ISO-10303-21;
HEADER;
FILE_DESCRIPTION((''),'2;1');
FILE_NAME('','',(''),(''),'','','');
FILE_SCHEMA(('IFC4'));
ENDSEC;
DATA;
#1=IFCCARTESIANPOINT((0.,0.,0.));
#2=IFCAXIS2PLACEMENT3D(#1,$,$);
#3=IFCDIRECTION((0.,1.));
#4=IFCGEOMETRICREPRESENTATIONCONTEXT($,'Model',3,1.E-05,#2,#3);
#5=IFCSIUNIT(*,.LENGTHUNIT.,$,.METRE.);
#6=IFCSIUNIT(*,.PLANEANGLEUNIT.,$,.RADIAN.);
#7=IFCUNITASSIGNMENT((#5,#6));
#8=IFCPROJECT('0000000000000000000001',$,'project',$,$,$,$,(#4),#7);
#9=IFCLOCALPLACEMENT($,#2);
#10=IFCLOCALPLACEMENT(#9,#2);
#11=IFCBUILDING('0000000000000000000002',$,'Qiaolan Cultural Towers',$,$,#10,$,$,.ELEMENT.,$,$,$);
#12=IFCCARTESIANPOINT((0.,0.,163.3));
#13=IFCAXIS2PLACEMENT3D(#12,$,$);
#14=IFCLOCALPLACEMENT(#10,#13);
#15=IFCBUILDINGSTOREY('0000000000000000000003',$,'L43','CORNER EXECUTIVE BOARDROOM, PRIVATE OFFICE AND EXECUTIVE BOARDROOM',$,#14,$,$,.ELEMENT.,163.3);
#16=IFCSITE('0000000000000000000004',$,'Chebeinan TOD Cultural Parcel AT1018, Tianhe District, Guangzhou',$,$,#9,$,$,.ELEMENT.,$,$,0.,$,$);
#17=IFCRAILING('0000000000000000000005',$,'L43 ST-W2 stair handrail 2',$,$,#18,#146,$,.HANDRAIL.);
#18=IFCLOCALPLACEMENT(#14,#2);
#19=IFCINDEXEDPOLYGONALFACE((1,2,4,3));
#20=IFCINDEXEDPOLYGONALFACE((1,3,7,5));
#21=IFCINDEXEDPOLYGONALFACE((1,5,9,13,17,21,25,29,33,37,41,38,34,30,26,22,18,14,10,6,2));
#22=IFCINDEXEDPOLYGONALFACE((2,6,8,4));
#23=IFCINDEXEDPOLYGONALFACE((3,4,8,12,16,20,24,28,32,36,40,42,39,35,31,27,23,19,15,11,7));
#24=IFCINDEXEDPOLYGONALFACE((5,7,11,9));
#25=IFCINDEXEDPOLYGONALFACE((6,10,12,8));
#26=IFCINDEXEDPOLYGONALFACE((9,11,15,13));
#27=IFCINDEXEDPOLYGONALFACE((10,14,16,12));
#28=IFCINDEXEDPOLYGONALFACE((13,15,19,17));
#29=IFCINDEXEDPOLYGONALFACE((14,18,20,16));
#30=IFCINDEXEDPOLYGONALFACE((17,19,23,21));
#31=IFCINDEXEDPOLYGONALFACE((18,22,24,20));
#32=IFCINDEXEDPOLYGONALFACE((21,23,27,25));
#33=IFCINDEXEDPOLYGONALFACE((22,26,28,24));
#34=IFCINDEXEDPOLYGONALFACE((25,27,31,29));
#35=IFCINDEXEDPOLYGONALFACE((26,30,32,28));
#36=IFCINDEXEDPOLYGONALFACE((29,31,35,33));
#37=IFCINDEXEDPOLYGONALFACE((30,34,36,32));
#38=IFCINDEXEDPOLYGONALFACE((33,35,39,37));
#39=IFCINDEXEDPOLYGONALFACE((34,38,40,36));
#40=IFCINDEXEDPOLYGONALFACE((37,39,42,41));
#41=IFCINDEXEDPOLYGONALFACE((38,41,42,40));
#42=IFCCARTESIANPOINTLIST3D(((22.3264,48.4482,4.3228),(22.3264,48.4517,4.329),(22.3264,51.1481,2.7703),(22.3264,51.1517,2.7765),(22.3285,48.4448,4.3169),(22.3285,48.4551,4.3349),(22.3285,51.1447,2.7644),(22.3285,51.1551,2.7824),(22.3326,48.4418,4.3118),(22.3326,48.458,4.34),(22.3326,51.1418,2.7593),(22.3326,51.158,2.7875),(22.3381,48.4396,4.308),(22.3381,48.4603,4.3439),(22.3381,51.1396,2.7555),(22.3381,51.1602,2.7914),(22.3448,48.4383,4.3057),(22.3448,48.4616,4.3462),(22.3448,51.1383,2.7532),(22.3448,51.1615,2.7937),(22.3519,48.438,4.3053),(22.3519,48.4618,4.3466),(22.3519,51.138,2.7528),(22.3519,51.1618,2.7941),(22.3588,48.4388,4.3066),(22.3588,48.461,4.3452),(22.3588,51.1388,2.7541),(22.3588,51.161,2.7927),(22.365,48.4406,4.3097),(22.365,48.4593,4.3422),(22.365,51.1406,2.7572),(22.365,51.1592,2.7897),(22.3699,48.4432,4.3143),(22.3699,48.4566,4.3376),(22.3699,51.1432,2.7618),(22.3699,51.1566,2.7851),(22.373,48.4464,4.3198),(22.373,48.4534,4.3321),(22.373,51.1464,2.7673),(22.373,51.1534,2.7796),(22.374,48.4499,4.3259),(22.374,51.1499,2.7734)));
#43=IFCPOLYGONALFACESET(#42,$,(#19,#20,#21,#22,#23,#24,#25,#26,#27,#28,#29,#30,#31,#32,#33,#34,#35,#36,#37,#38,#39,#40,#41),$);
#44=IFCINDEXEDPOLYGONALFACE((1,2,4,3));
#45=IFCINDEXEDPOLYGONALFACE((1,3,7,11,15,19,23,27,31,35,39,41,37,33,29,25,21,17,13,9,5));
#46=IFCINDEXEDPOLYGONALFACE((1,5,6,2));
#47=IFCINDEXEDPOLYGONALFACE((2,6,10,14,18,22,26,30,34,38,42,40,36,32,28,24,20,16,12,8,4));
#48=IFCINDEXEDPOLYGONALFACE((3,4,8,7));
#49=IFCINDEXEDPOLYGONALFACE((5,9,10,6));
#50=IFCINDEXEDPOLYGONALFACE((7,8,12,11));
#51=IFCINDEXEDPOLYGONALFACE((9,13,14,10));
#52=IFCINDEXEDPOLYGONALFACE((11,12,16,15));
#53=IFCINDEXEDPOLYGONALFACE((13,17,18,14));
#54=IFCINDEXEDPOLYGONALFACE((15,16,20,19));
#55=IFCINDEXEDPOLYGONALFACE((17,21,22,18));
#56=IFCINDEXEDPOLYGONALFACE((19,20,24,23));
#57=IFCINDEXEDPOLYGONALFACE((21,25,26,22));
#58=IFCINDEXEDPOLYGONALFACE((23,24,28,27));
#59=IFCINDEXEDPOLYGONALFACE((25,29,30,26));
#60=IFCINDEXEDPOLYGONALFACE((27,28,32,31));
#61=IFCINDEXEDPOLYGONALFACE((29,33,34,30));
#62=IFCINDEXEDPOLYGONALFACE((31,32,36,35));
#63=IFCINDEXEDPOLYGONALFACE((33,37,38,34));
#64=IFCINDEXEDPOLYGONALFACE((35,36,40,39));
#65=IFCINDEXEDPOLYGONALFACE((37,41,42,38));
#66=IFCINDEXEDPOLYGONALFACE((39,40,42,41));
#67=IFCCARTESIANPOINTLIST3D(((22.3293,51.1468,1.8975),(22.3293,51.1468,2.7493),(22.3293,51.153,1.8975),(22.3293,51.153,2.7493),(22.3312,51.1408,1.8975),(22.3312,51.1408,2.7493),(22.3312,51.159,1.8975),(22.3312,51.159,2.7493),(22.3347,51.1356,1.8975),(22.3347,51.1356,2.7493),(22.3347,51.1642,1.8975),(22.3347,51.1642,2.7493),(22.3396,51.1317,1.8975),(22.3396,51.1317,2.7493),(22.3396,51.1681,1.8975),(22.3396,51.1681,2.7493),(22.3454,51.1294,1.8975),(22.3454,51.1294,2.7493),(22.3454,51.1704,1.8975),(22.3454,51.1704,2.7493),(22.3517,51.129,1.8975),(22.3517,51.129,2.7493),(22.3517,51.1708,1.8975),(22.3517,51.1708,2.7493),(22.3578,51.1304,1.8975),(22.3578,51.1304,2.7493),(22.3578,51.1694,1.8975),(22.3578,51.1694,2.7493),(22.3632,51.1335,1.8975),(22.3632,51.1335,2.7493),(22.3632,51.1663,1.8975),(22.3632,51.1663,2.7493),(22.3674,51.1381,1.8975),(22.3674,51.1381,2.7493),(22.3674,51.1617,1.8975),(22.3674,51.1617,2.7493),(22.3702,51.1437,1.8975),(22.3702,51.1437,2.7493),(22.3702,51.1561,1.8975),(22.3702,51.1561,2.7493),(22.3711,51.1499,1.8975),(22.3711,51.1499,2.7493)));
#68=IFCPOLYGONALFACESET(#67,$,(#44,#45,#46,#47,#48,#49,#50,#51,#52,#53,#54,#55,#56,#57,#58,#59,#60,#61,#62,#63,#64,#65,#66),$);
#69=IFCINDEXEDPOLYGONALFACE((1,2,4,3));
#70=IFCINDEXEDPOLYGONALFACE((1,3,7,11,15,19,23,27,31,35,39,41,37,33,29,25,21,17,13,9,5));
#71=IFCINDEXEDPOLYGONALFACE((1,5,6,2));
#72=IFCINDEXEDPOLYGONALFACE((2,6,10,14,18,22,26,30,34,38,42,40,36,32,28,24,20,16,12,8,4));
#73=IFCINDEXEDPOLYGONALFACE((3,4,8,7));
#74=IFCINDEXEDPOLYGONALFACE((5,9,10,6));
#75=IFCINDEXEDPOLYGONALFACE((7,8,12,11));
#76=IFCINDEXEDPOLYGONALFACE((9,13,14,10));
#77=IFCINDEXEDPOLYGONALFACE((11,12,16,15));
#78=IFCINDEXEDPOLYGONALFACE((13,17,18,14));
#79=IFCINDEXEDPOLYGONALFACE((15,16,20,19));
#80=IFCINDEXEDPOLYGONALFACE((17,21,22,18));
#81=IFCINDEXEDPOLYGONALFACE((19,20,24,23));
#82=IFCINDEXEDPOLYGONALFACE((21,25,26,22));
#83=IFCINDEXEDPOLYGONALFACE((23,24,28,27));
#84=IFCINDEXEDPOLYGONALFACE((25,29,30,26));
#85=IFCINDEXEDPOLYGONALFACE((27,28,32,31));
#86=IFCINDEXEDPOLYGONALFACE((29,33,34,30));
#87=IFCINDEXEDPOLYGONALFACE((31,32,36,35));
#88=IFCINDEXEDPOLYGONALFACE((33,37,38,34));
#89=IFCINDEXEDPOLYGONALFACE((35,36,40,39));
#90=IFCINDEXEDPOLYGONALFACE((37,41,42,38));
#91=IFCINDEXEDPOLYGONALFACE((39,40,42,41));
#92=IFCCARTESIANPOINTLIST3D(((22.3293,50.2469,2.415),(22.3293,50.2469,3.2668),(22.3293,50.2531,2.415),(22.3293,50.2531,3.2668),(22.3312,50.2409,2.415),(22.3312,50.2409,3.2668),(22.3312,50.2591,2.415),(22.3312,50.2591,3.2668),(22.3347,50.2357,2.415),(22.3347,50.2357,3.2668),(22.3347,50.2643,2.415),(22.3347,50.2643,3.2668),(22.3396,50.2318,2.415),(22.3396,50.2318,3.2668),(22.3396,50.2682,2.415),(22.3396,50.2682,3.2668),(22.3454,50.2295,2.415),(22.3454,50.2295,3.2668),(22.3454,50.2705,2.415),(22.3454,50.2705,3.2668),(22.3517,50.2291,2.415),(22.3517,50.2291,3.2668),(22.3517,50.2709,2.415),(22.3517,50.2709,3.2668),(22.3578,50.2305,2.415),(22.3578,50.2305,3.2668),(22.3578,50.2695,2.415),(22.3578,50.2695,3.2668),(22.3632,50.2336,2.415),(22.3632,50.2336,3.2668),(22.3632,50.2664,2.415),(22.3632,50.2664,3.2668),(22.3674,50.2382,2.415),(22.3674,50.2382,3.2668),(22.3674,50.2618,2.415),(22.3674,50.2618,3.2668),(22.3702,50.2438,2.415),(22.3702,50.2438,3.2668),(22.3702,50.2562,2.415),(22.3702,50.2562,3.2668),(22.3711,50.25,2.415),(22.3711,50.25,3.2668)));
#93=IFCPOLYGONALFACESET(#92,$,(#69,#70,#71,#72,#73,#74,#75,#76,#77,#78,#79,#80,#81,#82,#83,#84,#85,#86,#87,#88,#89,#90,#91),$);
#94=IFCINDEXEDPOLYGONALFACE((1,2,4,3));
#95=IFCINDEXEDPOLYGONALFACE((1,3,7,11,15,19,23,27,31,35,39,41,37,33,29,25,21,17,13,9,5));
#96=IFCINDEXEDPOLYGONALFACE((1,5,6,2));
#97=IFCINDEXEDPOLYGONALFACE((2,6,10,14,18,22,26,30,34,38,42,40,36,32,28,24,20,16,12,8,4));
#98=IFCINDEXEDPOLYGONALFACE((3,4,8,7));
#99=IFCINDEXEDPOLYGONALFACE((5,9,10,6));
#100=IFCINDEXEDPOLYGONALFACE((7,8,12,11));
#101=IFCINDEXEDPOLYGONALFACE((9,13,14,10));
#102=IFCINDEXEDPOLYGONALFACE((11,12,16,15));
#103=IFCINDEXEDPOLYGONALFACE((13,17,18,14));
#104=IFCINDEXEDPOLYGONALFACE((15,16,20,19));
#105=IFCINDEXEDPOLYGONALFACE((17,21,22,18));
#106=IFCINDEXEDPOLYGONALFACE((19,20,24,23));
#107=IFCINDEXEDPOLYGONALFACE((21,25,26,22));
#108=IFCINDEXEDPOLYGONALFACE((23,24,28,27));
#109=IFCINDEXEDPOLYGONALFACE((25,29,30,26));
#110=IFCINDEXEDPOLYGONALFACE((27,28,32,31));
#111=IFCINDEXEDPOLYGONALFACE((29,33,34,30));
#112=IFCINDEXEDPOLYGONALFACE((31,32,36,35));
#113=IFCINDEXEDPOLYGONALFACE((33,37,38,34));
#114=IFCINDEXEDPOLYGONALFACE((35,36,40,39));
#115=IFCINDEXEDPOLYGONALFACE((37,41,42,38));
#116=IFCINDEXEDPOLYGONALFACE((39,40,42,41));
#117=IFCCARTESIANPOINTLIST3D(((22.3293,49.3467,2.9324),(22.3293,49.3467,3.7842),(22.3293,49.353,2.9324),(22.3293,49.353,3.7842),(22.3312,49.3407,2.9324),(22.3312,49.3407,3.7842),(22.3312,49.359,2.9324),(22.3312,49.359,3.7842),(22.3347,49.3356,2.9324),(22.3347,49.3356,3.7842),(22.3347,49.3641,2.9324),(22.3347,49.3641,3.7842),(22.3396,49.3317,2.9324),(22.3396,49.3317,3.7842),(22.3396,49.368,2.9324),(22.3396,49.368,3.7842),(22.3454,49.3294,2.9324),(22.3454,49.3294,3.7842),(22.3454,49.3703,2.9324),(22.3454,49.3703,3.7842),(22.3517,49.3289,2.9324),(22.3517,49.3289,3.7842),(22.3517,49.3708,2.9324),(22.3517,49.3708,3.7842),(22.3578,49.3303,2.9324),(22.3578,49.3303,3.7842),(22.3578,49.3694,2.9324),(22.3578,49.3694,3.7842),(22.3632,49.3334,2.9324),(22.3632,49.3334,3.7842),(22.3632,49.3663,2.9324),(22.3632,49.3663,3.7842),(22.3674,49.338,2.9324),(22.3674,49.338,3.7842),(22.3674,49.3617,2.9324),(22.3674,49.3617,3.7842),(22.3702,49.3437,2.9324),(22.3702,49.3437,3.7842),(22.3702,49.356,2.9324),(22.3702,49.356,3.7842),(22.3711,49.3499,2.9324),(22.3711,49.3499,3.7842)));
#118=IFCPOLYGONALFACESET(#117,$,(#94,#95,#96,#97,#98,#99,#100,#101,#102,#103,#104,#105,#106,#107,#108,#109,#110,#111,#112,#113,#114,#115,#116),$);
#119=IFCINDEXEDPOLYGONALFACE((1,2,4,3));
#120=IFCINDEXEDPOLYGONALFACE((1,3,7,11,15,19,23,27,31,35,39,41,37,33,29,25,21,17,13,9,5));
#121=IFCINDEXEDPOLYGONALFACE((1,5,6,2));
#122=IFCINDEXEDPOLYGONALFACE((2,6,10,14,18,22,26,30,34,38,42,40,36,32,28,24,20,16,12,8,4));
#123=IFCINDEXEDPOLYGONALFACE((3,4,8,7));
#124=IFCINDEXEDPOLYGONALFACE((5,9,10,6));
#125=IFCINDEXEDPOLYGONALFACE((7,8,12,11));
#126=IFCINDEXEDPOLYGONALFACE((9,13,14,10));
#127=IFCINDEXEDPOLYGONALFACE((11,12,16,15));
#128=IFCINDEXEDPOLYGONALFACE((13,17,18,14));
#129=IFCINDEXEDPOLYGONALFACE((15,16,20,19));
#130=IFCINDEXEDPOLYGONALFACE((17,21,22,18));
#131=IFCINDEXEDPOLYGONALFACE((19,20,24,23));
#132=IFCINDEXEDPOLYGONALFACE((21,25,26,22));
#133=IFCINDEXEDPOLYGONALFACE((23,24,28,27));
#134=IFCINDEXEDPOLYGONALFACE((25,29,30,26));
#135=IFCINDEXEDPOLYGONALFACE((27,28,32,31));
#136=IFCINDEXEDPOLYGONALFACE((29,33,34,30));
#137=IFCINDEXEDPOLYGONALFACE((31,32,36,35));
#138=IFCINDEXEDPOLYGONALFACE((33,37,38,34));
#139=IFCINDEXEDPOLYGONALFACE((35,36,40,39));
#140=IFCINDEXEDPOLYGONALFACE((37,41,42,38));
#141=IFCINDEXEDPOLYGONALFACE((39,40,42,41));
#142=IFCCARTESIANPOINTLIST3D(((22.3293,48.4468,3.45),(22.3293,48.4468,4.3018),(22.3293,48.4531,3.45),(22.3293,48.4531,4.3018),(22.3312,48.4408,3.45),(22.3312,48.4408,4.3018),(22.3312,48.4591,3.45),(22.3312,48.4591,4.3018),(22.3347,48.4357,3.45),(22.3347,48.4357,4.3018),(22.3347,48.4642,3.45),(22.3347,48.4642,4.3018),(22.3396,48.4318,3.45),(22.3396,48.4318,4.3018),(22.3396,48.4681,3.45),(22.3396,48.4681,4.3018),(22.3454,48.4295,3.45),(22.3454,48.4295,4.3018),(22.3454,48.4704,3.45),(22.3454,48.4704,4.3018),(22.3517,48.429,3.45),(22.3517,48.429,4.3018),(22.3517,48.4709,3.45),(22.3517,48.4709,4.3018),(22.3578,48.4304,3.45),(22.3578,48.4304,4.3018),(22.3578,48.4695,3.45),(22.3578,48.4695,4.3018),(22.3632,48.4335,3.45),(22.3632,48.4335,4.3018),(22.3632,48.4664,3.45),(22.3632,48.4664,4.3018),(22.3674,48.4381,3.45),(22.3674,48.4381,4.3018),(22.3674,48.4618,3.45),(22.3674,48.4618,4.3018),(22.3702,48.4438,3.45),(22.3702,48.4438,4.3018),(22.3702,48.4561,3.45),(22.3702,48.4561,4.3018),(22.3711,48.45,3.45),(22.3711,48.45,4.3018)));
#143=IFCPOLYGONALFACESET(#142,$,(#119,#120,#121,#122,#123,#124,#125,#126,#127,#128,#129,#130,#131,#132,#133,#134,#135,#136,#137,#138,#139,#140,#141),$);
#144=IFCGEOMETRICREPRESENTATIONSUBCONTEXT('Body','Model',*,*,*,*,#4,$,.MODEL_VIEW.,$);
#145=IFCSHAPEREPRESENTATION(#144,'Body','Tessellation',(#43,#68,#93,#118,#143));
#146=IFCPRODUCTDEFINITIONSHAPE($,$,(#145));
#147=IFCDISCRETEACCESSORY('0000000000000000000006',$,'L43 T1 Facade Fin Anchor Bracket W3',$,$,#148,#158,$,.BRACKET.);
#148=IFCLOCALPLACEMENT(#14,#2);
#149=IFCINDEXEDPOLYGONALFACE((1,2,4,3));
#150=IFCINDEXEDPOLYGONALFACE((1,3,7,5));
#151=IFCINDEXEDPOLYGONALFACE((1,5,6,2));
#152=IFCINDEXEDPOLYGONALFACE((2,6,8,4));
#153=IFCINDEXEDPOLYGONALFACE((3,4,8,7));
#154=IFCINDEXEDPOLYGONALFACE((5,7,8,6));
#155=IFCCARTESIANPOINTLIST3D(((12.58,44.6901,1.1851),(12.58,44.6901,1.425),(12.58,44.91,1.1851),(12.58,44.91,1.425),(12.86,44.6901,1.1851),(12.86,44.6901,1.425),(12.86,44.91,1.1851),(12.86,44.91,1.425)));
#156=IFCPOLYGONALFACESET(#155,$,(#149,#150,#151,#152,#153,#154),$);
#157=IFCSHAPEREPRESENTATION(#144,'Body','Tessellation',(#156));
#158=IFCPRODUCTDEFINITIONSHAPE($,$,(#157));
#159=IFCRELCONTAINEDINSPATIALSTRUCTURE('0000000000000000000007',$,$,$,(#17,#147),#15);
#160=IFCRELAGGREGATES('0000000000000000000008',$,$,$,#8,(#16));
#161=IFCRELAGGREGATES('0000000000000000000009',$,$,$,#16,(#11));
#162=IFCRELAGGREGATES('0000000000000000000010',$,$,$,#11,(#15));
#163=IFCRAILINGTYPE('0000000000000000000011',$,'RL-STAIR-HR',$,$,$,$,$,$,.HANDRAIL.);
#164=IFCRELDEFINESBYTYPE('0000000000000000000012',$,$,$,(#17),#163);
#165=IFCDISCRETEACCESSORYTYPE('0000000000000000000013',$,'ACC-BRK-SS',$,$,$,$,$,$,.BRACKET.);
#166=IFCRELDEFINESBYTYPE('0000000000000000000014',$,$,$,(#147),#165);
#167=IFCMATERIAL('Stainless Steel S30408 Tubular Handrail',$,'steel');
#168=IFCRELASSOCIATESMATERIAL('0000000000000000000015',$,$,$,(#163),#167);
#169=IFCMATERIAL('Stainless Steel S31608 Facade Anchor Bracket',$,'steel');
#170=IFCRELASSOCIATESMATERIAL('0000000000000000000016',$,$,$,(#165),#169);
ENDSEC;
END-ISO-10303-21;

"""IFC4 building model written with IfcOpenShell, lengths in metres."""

from ifc_helpers import new_model, si_unit, direction, frame, origin, origin_2d, place, context, subcontext, project, spatial, rectangle, circle, extrude, material, type_object, element, save


model = new_model("IFC4")

# Units and contexts
model_context = context("Model", 3, precision=1e-05, world=origin(), true_north=direction((0.0, 1.0)))
body_context = subcontext(model_context, "Body", "Model", "MODEL_VIEW")
ifc_project = project(units=[si_unit("LENGTHUNIT", "METRE"), si_unit("PLANEANGLEUNIT", "RADIAN")], contexts=[model_context])

# Site, building, storey
site_placement = place(None, origin())
site = spatial("IfcSite", under=ifc_project, at=site_placement, Name="Chebeinan TOD Cultural Parcel AT1018, Tianhe District, Guangzhou", CompositionType="ELEMENT", RefElevation=0.0)
building_placement = place(site_placement, origin())
building = spatial("IfcBuilding", under=site, at=building_placement, Name="Qiaolan Cultural Towers", CompositionType="ELEMENT")
storey_placement = place(building_placement, frame((0.0, 0.0, 163.3)))
storey = spatial("IfcBuildingStorey", under=building, at=storey_placement, Name="L43", Description="CORNER EXECUTIVE BOARDROOM, PRIVATE OFFICE AND EXECUTIVE BOARDROOM", CompositionType="ELEMENT", Elevation=163.3)

# Railing
ifc_material_1 = material(Name="Stainless Steel S30408 Tubular Handrail", Category="steel")
railing_type_1 = type_object("IfcRailingType", Name="RL-STAIR-HR", PredefinedType="HANDRAIL", material=ifc_material_1)
railing_1_placement = place(storey_placement, frame((22.3501, 51.1499, 1.8975)))
element("IfcRailing", 1, at=railing_1_placement, inside=storey, type_object=railing_type_1, Name="L43 ST-W2 stair handrail 2", PredefinedType="HANDRAIL", context=body_context, shape_type="SweptSolid", body=[
    extrude(circle(Radius=0.0239, at=origin_2d()), frame((0.0, 0.0, 0.876), z_axis=(0.0, -0.866904, 0.498476), x_axis=(1.0, 0.0, 0.0)), (0.0, 0.0, 1.0), 3.1145),
    extrude(circle(Radius=0.021, at=origin_2d()), origin(), (0.0, 0.0, 1.0), 0.8518),
    extrude(circle(Radius=0.021, at=origin_2d()), frame((0.0, -0.8999, 0.5176)), (0.0, 0.0, 1.0), 0.8518),
    extrude(circle(Radius=0.021, at=origin_2d()), frame((0.0, -1.8, 1.0349)), (0.0, 0.0, 1.0), 0.8518),
    extrude(circle(Radius=0.021, at=origin_2d()), frame((0.0, -2.7, 1.5525)), (0.0, 0.0, 1.0), 0.8518),
])

# Discrete accessory
ifc_material_2 = material(Name="Stainless Steel S31608 Facade Anchor Bracket", Category="steel")
discrete_accessory_type = type_object("IfcDiscreteAccessoryType", Name="ACC-BRK-SS", PredefinedType="BRACKET", material=ifc_material_2)
discrete_accessory_placement = place(storey_placement, frame((12.72, 44.8, 1.1851), z_axis=(0.0, 0.0, 1.0), x_axis=(1.0, 0.0, 0.0)))
element("IfcDiscreteAccessory", 2, at=discrete_accessory_placement, inside=storey, type_object=discrete_accessory_type, Name="L43 T1 Facade Fin Anchor Bracket W3", PredefinedType="BRACKET", context=body_context, shape_type="SweptSolid", body=[
    extrude(rectangle(XDim=0.28, YDim=0.22, at=origin_2d()), origin(), (0.0, 0.0, 1.0), 0.24),
])

save(model, "model.ifc")
